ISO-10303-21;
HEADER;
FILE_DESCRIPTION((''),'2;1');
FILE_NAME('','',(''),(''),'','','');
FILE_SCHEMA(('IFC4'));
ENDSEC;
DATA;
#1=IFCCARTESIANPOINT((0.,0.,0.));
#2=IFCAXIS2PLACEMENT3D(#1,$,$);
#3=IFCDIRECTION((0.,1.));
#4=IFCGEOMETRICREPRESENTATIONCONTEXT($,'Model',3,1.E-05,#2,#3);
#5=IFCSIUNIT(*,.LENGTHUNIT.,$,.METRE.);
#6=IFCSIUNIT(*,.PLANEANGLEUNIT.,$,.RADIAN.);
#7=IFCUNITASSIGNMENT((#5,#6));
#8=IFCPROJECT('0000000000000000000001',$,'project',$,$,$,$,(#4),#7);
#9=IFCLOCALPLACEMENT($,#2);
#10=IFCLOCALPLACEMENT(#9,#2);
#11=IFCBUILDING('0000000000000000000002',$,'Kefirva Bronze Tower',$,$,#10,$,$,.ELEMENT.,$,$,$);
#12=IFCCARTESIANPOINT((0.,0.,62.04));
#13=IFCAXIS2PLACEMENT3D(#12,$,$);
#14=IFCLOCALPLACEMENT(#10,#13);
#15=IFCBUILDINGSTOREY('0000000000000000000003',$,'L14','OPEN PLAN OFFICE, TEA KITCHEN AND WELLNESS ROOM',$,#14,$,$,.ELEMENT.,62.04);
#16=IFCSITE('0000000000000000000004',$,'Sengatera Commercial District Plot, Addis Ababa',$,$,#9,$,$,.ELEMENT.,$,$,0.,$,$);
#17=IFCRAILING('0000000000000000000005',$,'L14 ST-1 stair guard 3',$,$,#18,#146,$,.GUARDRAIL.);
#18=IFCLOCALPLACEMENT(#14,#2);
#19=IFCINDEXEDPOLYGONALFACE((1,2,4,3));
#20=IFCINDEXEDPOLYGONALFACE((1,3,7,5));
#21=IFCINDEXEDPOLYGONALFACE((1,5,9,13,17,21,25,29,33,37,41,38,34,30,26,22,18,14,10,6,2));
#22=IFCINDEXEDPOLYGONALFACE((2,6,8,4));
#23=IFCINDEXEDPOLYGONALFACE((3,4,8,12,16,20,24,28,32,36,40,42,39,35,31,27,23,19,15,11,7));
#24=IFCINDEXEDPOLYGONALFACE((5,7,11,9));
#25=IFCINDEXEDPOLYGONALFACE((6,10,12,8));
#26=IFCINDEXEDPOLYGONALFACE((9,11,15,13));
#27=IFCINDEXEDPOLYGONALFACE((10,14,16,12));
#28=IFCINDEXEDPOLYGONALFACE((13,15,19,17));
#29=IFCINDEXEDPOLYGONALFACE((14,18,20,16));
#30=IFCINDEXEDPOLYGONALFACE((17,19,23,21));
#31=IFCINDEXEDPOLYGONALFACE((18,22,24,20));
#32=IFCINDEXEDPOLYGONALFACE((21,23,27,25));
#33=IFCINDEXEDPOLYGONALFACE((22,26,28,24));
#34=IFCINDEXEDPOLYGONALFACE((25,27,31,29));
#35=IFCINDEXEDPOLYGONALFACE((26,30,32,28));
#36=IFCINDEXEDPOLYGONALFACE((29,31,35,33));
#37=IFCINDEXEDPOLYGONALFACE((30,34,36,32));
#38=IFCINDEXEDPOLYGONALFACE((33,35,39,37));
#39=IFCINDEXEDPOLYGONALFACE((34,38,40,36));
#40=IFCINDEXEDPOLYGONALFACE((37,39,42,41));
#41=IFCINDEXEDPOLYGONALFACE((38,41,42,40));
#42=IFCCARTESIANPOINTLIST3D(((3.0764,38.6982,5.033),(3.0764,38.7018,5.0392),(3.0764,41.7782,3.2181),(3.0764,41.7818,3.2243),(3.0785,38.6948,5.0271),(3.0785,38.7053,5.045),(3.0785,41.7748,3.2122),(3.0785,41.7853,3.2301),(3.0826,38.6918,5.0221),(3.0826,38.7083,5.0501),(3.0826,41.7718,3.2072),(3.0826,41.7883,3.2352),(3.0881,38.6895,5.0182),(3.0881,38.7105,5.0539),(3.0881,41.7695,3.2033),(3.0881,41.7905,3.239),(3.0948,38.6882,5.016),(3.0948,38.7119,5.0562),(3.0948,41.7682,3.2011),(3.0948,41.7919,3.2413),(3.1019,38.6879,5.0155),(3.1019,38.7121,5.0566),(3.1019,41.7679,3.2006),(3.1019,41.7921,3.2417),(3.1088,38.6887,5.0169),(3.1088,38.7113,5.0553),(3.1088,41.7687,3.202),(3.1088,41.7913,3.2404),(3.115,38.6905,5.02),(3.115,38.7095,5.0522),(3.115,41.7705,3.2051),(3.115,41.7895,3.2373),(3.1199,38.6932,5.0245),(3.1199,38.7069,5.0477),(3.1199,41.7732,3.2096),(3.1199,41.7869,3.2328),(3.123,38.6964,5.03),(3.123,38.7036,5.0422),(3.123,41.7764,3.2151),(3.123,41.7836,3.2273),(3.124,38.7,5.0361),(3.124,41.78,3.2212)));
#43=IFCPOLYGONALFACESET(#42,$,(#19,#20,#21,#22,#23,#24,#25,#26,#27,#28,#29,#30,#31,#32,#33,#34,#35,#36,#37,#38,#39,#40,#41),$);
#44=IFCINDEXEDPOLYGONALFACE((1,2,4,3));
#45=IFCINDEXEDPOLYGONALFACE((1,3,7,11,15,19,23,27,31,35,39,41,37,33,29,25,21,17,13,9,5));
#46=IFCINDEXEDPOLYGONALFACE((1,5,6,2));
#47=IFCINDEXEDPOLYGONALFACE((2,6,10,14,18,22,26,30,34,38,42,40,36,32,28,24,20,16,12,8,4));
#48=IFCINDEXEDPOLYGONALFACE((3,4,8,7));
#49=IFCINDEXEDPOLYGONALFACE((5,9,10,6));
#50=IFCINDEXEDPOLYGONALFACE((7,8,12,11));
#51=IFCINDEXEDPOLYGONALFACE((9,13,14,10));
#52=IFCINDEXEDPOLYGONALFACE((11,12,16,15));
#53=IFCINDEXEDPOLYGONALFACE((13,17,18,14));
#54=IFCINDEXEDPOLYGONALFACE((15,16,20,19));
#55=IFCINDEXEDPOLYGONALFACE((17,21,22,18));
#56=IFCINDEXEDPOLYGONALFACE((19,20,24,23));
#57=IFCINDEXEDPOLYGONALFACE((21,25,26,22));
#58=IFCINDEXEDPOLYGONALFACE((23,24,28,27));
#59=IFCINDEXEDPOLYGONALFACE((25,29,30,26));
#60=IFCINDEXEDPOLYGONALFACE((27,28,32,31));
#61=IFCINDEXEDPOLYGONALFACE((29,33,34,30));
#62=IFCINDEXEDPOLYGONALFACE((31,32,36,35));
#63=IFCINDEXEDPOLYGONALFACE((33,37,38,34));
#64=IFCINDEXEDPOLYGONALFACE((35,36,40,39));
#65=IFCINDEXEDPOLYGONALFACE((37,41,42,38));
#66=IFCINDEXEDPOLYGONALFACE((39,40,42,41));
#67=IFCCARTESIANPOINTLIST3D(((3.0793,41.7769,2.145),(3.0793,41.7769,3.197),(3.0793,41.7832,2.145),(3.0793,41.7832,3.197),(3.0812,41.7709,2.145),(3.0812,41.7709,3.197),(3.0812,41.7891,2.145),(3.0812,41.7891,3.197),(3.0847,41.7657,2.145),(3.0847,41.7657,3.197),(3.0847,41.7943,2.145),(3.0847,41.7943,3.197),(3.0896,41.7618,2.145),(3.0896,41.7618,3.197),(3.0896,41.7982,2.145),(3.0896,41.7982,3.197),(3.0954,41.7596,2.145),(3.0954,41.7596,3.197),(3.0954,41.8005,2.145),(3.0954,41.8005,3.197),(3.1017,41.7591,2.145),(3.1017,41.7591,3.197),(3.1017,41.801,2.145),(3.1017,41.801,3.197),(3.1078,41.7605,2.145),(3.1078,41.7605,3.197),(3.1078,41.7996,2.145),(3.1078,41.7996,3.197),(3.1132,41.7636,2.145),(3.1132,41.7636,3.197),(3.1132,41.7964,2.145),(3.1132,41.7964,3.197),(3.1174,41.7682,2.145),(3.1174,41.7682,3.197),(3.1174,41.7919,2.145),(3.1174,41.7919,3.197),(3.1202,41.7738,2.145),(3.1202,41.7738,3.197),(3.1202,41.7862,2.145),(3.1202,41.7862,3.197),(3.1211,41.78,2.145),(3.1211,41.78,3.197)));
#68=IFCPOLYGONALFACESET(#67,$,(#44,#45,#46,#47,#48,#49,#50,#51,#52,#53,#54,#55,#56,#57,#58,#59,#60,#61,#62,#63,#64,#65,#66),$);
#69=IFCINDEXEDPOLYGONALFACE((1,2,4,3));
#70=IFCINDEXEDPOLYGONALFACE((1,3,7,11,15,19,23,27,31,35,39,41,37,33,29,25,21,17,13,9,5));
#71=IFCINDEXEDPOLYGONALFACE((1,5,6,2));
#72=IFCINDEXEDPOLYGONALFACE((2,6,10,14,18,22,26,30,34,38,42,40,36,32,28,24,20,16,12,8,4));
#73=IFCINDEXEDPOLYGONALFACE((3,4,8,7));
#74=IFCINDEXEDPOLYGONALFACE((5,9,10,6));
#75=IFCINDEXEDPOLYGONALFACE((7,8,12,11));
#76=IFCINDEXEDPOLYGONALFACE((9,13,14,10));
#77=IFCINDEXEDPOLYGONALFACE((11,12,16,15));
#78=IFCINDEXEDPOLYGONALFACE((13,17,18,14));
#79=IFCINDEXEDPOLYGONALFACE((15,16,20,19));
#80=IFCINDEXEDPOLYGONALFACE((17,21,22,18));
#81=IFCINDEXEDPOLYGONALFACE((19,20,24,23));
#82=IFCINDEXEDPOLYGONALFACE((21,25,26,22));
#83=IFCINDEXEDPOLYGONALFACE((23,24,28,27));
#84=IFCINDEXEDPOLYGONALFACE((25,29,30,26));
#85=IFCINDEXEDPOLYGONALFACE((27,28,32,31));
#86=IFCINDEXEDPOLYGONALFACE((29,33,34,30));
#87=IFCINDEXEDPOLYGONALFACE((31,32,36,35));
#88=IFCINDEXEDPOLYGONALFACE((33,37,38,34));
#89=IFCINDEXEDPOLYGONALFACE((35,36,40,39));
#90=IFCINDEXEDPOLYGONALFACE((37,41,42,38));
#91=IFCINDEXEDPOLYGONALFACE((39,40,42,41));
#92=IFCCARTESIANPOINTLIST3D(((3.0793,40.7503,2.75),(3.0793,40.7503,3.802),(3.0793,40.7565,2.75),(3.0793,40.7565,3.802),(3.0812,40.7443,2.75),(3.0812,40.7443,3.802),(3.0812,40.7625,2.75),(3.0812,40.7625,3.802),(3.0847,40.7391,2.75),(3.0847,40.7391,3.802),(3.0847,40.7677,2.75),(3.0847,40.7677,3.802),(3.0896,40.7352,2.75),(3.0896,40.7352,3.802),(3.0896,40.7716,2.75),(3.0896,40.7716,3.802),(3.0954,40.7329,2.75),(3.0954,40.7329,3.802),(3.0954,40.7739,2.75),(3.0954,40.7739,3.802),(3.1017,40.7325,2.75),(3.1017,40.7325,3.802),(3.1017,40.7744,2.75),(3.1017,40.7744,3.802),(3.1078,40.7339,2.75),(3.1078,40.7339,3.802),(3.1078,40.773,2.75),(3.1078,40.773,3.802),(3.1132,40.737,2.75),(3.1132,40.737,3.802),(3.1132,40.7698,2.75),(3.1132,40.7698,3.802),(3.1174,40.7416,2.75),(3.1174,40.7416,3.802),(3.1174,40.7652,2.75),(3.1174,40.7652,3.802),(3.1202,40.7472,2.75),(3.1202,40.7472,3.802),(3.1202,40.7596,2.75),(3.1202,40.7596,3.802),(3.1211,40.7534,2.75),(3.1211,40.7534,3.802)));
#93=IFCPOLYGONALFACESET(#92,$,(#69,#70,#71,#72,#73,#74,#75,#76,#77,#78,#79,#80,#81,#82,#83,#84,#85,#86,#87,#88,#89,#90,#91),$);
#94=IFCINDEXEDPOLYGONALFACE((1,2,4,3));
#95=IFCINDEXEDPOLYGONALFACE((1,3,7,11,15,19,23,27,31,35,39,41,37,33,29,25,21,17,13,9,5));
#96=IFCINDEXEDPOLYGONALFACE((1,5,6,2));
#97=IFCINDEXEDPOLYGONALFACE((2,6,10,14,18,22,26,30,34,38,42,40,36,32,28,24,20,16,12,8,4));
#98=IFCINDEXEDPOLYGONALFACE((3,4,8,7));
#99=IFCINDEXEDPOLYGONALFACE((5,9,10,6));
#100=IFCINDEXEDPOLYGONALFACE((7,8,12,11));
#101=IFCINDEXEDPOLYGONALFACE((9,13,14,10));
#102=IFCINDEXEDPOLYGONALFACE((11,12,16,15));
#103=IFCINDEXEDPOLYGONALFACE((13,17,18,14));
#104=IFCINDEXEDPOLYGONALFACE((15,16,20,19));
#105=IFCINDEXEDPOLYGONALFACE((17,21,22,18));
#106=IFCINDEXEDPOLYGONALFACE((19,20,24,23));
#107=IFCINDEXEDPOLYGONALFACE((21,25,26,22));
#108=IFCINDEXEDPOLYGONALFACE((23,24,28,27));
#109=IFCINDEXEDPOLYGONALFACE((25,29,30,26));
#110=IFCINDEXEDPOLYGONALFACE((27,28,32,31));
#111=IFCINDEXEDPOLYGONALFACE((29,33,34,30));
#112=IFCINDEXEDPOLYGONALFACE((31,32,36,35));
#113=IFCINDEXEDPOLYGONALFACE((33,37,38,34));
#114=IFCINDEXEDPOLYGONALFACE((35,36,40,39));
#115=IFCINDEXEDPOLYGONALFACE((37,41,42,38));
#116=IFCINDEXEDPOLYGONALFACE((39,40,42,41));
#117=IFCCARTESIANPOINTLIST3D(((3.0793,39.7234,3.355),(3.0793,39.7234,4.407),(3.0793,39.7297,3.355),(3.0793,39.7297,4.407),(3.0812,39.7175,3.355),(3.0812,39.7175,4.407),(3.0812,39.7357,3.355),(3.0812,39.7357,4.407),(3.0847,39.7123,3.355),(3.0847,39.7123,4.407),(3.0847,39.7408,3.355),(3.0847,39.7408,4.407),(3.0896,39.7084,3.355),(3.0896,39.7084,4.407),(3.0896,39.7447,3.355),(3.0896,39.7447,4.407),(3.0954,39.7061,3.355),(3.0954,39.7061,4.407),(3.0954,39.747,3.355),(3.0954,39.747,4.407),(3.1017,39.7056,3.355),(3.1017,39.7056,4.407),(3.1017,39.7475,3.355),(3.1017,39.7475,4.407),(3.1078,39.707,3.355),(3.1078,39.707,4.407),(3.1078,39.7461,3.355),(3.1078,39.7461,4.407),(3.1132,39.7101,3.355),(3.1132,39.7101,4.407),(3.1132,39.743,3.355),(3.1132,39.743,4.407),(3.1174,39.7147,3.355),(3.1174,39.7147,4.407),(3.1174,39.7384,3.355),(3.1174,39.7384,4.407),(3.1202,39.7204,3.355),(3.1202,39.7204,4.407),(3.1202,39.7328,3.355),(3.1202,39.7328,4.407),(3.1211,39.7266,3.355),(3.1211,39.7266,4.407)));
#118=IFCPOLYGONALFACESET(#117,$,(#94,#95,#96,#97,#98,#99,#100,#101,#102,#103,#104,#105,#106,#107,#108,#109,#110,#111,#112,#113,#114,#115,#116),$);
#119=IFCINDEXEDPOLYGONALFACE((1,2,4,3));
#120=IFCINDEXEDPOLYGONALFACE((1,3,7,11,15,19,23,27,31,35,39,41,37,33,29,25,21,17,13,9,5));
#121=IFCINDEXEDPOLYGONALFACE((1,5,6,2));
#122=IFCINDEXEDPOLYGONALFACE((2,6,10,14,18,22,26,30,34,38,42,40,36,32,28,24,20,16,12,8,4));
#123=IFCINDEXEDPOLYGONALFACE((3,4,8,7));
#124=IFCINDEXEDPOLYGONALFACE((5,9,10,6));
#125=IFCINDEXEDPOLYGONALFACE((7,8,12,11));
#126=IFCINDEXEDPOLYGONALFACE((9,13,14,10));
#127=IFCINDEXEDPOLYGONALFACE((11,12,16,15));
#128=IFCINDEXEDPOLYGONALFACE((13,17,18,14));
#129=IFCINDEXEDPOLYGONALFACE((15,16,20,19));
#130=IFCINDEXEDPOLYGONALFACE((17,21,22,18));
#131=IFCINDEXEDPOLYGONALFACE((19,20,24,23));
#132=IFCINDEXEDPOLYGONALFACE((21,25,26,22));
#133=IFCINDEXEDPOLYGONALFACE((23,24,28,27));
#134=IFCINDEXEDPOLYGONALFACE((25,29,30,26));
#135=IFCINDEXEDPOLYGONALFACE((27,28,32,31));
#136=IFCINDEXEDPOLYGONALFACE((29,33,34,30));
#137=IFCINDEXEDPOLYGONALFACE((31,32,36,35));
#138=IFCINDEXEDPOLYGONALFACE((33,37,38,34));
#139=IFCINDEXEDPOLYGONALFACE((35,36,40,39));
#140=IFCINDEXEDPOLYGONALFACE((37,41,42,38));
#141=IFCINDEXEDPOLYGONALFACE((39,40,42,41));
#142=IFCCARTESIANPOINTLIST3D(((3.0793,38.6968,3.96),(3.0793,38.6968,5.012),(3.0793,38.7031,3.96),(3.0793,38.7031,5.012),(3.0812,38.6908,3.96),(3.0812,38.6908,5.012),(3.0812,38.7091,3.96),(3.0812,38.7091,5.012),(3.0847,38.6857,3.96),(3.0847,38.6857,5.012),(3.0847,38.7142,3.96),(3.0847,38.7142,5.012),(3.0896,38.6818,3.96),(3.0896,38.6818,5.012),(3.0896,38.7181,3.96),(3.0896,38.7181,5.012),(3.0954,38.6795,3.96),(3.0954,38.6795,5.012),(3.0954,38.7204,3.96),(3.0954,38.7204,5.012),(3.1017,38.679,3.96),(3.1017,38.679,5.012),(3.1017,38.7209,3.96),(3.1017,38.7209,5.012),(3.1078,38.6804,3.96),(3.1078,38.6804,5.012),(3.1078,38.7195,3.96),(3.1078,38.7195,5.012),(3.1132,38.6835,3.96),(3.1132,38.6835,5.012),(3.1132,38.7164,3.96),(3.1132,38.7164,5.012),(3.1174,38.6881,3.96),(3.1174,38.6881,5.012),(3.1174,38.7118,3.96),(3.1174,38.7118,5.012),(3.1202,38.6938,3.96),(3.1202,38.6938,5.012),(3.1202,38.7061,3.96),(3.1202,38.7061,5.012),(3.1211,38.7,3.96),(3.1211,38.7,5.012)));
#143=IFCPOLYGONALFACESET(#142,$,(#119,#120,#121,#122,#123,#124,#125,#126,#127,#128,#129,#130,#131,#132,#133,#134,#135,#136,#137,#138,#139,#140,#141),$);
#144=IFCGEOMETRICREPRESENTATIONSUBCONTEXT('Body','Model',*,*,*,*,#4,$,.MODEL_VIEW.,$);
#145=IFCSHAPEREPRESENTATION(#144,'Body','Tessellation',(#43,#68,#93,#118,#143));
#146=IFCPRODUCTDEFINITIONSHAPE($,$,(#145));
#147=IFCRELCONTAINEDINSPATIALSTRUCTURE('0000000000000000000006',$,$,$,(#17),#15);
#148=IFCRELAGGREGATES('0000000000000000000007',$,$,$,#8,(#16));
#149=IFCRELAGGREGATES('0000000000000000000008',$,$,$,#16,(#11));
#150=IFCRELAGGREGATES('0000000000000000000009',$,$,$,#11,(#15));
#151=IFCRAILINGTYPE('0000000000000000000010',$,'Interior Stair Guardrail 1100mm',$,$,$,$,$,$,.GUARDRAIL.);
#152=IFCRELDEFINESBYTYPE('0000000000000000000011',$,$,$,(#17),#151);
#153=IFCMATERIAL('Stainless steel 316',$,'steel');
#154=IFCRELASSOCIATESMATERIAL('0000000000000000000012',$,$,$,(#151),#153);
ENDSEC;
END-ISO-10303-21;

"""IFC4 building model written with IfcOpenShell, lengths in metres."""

from ifc_helpers import new_model, si_unit, direction, frame, origin, origin_2d, place, context, subcontext, project, spatial, circle, extrude, material, type_object, element, save


model = new_model("IFC4")

# Units and contexts
model_context = context("Model", 3, precision=1e-05, world=origin(), true_north=direction((0.0, 1.0)))
body_context = subcontext(model_context, "Body", "Model", "MODEL_VIEW")
ifc_project = project(units=[si_unit("LENGTHUNIT", "METRE"), si_unit("PLANEANGLEUNIT", "RADIAN")], contexts=[model_context])

# Site, building, storey
site_placement = place(None, origin())
site = spatial("IfcSite", under=ifc_project, at=site_placement, Name="Sengatera Commercial District Plot, Addis Ababa", CompositionType="ELEMENT", RefElevation=0.0)
building_placement = place(site_placement, origin())
building = spatial("IfcBuilding", under=site, at=building_placement, Name="Kefirva Bronze Tower", CompositionType="ELEMENT")
storey_placement = place(building_placement, frame((0.0, 0.0, 62.04)))
storey = spatial("IfcBuildingStorey", under=building, at=storey_placement, Name="L14", Description="OPEN PLAN OFFICE, TEA KITCHEN AND WELLNESS ROOM", CompositionType="ELEMENT", Elevation=62.04)

# Railing
ifc_material_1 = material(Name="Stainless steel 316", Category="steel")
railing_type_1 = type_object("IfcRailingType", Name="Interior Stair Guardrail 1100mm", PredefinedType="GUARDRAIL", material=ifc_material_1)
railing_1_placement = place(storey_placement, frame((3.1001, 41.78, 2.145)))
element("IfcRailing", 1, at=railing_1_placement, inside=storey, type_object=railing_type_1, Name="L14 ST-1 stair guard 3", PredefinedType="GUARDRAIL", context=body_context, shape_type="SweptSolid", body=[
    extrude(circle(Radius=0.0239, at=origin_2d()), frame((0.0, 0.0, 1.0762), z_axis=(0.0, -0.861551, 0.507671), x_axis=(1.0, 0.0, 0.0)), (0.0, 0.0, 1.0), 3.575),
    extrude(circle(Radius=0.021, at=origin_2d()), origin(), (0.0, 0.0, 1.0), 1.052),
    extrude(circle(Radius=0.021, at=origin_2d()), frame((0.0, -1.0266, 0.605)), (0.0, 0.0, 1.0), 1.052),
    extrude(circle(Radius=0.021, at=origin_2d()), frame((0.0, -2.0535, 1.21)), (0.0, 0.0, 1.0), 1.052),
    extrude(circle(Radius=0.021, at=origin_2d()), frame((0.0, -3.0801, 1.8149)), (0.0, 0.0, 1.0), 1.052),
])

save(model, "model.ifc")
